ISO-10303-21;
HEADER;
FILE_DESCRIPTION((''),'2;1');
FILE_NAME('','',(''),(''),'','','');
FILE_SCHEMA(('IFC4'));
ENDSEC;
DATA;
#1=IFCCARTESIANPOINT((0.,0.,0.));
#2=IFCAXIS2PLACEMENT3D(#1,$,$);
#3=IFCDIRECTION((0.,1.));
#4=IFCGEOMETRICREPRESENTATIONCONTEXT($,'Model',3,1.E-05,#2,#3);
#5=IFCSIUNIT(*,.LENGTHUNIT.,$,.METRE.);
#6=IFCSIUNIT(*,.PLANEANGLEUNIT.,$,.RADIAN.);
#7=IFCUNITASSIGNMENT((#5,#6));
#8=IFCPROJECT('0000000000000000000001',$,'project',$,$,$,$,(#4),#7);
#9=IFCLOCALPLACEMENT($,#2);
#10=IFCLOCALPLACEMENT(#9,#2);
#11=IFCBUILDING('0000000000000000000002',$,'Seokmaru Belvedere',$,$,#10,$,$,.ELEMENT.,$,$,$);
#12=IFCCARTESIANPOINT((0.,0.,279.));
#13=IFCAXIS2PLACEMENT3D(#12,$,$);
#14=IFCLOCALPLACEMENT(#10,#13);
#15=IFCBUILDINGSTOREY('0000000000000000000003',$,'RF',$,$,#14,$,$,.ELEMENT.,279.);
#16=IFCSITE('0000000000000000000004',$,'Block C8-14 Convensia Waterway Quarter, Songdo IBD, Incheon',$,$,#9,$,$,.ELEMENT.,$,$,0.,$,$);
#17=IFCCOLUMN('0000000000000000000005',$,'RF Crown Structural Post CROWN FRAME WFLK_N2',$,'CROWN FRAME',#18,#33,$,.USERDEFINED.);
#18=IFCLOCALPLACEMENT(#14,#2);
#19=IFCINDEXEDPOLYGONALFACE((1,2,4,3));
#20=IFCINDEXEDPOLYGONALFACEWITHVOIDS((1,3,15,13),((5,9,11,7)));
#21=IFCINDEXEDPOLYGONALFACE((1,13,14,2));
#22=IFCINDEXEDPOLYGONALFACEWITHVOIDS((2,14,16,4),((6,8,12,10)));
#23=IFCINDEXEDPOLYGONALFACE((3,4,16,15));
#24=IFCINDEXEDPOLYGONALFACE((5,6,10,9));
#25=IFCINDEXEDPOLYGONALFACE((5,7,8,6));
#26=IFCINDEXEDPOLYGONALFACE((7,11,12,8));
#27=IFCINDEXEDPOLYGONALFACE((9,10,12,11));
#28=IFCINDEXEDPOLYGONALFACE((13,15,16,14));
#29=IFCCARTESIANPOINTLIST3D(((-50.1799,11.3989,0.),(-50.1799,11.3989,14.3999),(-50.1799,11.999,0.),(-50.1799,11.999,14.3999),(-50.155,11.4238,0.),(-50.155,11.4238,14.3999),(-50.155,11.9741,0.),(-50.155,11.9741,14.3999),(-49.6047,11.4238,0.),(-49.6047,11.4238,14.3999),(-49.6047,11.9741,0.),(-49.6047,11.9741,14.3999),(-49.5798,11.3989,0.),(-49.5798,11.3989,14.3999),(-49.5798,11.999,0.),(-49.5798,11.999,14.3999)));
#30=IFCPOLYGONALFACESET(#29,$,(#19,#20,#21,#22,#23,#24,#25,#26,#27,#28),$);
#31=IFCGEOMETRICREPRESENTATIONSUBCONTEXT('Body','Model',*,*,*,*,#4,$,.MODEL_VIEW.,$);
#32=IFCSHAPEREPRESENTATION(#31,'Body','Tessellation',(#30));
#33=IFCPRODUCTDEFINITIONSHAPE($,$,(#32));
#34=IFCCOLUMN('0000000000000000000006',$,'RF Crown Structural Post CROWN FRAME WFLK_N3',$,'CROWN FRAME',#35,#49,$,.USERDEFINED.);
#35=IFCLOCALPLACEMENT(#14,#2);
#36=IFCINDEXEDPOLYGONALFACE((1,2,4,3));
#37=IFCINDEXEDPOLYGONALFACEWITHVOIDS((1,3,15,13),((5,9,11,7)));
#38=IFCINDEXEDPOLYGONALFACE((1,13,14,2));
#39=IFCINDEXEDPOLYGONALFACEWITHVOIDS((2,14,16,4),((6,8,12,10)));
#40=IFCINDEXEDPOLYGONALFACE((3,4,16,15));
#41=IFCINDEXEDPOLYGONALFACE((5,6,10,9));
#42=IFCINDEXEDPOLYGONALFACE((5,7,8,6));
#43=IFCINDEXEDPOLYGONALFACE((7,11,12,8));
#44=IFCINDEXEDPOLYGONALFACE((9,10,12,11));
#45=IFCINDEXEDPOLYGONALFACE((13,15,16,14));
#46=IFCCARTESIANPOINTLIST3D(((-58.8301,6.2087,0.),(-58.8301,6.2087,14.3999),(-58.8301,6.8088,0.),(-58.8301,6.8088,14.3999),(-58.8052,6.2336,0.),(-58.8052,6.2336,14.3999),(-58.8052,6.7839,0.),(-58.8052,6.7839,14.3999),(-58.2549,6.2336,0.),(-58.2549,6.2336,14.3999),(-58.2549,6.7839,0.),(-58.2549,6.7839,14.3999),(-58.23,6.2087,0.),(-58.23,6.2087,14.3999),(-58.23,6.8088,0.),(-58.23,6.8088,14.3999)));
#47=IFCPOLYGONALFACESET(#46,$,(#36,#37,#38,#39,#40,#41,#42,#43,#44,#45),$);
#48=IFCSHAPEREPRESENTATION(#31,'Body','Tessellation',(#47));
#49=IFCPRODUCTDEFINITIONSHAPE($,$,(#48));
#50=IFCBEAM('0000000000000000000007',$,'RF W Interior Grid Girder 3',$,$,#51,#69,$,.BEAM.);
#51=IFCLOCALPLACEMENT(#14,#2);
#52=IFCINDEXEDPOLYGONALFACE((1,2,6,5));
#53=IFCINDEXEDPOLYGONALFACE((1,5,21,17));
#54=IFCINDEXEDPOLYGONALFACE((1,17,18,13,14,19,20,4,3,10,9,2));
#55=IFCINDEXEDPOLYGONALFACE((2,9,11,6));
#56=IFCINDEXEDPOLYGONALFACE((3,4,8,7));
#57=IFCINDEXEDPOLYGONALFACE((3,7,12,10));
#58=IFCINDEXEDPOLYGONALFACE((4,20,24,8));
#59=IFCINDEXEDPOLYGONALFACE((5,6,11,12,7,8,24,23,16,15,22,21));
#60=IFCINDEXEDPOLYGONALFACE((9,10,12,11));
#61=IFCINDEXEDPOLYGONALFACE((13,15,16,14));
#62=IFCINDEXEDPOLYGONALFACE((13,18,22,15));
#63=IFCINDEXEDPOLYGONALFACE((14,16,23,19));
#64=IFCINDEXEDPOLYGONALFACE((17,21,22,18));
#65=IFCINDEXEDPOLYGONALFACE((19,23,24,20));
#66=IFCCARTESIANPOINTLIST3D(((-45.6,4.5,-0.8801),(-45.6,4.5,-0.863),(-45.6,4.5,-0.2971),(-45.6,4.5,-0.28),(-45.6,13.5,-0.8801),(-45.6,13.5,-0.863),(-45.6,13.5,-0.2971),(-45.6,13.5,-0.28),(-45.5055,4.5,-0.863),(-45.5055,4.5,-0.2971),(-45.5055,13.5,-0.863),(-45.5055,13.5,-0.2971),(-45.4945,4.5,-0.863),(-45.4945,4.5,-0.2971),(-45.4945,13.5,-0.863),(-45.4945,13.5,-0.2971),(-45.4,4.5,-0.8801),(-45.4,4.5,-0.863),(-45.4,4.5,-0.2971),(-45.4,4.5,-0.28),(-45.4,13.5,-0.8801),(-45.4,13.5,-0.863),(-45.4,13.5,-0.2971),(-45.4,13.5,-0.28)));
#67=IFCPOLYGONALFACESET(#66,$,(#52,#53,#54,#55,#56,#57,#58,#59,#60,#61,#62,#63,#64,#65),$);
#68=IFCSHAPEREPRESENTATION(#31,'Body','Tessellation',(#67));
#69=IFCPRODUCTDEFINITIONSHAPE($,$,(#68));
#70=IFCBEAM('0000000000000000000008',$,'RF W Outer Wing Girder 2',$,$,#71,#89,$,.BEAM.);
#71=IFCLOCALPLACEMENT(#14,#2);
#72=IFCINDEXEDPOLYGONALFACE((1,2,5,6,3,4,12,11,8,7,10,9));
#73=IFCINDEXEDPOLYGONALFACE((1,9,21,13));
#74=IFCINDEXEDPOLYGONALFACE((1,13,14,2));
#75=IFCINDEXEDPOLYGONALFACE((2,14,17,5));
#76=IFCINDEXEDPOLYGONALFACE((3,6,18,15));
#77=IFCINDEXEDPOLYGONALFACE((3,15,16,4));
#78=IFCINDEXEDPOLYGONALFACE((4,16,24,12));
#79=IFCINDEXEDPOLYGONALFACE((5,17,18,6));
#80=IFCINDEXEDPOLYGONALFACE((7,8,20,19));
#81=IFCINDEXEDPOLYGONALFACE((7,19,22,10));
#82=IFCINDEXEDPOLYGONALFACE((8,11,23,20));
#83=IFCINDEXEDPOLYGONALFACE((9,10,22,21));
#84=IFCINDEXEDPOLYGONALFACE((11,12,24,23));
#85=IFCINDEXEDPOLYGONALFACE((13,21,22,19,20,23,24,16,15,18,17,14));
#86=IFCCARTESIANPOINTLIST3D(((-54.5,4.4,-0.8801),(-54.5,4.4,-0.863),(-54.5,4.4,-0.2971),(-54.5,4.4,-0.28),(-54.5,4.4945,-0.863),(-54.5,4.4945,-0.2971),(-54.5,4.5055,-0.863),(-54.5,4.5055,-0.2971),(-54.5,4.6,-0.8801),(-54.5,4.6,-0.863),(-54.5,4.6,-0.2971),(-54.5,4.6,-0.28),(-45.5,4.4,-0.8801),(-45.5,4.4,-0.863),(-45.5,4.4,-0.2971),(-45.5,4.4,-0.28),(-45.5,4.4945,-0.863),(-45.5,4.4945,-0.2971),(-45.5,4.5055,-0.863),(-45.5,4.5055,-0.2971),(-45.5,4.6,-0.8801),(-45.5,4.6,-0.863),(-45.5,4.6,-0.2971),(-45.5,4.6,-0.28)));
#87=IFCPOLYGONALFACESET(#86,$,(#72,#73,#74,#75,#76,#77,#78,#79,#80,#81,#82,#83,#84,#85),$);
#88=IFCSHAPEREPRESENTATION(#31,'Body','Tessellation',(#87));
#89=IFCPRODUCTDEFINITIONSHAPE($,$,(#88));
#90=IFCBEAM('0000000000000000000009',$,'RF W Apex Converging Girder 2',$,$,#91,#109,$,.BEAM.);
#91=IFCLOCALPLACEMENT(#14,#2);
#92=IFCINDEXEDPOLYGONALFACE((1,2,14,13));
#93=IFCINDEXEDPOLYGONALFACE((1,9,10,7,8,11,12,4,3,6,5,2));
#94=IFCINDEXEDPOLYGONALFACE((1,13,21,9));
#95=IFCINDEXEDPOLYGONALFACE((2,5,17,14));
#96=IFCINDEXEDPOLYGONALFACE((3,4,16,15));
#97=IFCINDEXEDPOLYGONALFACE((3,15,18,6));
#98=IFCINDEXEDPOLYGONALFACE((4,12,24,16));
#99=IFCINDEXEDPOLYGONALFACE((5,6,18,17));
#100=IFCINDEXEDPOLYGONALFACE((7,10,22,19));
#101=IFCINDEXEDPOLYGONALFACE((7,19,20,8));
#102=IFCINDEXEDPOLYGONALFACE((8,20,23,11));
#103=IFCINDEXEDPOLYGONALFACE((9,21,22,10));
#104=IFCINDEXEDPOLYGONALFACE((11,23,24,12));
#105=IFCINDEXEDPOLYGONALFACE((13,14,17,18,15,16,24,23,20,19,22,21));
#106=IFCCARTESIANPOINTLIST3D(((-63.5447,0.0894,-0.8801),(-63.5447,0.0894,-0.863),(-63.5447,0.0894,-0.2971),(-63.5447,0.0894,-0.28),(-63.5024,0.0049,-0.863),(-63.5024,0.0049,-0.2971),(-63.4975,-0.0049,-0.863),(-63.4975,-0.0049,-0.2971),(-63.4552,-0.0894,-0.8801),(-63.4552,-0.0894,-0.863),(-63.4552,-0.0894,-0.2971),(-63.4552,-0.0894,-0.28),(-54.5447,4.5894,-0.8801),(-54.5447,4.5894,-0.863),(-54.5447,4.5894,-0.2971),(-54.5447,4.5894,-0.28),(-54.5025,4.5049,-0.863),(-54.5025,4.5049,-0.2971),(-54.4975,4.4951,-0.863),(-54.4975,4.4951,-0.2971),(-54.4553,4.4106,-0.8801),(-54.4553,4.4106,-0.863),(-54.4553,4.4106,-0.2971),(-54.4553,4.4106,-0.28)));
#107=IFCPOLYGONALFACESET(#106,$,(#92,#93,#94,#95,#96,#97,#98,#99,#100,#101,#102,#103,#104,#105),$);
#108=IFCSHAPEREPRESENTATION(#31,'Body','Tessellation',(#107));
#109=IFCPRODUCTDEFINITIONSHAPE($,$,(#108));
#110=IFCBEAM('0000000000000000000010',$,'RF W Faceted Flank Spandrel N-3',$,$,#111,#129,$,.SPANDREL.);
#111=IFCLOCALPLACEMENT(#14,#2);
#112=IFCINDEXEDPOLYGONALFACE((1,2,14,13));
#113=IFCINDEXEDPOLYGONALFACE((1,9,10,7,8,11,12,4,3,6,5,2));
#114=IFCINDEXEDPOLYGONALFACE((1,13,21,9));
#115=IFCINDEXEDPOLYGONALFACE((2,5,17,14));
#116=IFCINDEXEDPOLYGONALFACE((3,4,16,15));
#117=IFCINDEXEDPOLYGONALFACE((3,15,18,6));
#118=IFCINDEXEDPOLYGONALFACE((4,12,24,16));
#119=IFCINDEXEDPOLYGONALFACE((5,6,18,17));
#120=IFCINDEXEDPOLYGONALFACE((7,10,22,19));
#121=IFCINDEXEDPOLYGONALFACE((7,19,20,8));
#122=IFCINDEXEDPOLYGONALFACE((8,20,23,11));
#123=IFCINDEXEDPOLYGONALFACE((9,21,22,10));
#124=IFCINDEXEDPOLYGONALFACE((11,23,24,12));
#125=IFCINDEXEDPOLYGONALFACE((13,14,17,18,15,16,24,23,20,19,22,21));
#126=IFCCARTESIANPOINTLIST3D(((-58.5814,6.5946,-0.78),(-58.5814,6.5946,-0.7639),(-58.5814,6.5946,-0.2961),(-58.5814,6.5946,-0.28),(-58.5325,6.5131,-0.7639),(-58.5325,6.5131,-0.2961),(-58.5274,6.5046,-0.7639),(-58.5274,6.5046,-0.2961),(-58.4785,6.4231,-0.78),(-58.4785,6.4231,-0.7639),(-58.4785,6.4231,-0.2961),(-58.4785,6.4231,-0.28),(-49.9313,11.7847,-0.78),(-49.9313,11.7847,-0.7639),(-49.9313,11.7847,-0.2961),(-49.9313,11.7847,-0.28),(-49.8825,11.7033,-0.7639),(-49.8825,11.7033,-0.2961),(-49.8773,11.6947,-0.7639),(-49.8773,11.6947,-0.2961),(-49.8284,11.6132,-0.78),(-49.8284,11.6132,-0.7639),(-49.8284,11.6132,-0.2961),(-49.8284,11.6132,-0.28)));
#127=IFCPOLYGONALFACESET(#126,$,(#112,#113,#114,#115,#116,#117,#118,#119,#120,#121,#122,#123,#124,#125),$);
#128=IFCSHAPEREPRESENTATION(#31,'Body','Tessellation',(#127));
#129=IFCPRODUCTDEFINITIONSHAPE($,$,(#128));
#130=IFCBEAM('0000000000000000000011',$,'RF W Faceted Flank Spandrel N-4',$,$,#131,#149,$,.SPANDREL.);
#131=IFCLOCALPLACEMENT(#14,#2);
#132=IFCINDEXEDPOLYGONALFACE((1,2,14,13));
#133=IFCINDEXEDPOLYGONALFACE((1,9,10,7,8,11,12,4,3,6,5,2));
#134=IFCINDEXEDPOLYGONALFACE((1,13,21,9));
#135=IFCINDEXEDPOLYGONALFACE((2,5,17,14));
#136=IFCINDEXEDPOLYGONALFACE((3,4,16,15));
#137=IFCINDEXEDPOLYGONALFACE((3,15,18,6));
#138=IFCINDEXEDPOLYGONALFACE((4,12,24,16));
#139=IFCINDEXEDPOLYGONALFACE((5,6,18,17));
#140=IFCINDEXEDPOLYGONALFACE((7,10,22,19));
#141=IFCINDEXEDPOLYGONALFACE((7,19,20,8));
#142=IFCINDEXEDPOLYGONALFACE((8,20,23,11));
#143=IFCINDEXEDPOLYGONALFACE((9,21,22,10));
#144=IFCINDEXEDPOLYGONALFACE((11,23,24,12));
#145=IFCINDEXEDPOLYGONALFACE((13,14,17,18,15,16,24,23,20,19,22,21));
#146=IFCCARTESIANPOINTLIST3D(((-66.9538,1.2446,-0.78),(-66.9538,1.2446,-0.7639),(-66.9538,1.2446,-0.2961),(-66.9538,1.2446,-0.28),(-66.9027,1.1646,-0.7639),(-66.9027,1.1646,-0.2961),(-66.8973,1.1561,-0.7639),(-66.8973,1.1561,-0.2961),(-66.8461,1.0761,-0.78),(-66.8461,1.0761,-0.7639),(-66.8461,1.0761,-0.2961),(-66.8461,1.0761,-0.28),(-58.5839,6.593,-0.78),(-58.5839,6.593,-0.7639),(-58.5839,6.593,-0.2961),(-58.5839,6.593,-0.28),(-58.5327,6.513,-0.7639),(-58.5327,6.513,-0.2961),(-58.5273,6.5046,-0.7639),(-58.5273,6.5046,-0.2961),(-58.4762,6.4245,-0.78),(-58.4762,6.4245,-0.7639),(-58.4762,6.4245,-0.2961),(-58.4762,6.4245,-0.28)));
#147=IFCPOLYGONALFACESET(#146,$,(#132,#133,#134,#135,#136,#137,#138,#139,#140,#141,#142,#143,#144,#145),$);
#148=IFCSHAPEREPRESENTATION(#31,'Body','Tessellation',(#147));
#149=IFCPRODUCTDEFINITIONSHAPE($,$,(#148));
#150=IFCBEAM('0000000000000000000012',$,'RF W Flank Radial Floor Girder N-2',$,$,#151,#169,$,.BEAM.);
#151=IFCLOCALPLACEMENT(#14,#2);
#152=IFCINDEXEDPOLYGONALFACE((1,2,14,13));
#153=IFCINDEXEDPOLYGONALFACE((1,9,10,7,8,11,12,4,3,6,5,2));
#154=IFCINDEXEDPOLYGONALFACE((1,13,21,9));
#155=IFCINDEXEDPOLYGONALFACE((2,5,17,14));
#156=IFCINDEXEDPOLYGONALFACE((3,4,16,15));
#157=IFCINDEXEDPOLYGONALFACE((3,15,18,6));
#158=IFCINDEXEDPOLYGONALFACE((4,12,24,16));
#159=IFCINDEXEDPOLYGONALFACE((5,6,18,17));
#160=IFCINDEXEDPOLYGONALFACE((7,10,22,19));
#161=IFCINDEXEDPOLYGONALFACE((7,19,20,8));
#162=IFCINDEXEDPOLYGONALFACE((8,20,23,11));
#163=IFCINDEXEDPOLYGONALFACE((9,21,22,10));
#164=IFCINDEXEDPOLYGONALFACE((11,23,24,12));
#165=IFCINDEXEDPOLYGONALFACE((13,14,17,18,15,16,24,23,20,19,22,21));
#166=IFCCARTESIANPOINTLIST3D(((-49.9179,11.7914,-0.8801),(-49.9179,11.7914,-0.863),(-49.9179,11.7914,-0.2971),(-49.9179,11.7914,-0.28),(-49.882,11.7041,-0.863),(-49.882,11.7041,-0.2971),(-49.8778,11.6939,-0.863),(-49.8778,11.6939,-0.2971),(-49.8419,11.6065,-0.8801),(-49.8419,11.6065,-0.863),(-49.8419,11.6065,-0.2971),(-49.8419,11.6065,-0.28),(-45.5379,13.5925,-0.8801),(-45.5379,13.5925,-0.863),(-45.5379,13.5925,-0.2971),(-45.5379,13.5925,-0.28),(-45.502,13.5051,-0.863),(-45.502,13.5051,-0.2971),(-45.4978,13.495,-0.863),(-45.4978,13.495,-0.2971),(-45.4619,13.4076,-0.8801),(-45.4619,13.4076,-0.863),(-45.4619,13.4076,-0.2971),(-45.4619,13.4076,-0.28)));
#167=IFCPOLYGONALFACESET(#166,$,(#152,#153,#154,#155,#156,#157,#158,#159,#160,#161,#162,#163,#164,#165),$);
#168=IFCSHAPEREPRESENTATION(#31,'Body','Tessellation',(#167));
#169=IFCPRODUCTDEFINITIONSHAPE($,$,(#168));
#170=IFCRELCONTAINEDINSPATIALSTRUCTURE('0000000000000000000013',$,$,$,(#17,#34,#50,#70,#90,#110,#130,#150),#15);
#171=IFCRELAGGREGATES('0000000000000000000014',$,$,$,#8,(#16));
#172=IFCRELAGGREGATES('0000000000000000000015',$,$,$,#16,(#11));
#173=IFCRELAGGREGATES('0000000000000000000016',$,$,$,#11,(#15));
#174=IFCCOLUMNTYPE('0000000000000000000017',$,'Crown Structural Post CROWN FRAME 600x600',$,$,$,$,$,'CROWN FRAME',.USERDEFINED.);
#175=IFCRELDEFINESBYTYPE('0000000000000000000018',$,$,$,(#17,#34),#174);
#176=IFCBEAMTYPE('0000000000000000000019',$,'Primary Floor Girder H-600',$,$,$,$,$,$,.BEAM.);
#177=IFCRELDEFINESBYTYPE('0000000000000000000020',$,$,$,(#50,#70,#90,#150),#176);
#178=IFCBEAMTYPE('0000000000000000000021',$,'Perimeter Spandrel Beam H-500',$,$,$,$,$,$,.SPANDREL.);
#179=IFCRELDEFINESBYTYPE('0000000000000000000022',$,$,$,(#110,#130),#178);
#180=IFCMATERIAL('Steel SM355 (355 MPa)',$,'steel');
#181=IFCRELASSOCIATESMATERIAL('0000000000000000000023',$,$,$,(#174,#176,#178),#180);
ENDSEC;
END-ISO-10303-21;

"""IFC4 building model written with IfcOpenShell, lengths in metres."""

from ifc_helpers import new_model, si_unit, direction, frame, origin, origin_2d, place, context, subcontext, project, spatial, hollow_rectangle, i_section, extrude, source, transform, mapped, material, material_profile, profile_set, type_object, type_shapes, element, save


model = new_model("IFC4")

# Units and contexts
model_context = context("Model", 3, precision=1e-05, world=origin(), true_north=direction((0.0, 1.0)))
body_context = subcontext(model_context, "Body", "Model", "MODEL_VIEW")
ifc_project = project(units=[si_unit("LENGTHUNIT", "METRE"), si_unit("PLANEANGLEUNIT", "RADIAN")], contexts=[model_context])

# Site, building, storey
site_placement = place(None, origin())
site = spatial("IfcSite", under=ifc_project, at=site_placement, Name="Block C8-14 Convensia Waterway Quarter, Songdo IBD, Incheon", CompositionType="ELEMENT", RefElevation=0.0)
building_placement = place(site_placement, origin())
building = spatial("IfcBuilding", under=site, at=building_placement, Name="Seokmaru Belvedere", CompositionType="ELEMENT")
storey_placement = place(building_placement, frame((0.0, 0.0, 279.0)))
storey = spatial("IfcBuildingStorey", under=building, at=storey_placement, Name="RF", CompositionType="ELEMENT", Elevation=279.0)

# Columns
ifc_material_1 = material(Name="Steel SM355 (355 MPa)", Category="steel")
ifc_material_profile_1 = material_profile(ifc_material_1, hollow_rectangle(XDim=0.6001, YDim=0.6001, WallThickness=0.0249, at=origin_2d()), Name="HSS-600x600x25")
ifc_profile_set_1 = profile_set([ifc_material_profile_1], Name="Steel SM355 (355 MPa)")
column_type = type_object("IfcColumnType", Name="Crown Structural Post CROWN FRAME 600x600", ElementType="CROWN FRAME", PredefinedType="USERDEFINED", material=ifc_profile_set_1)
shared_shape_1 = source(origin(), body_context, "Body", "SweptSolid", [
    extrude(hollow_rectangle(XDim=0.6001, YDim=0.6001, WallThickness=0.0249, at=origin_2d()), origin(), (0.0, 0.0, 1.0), 14.3999),
])
type_shapes(column_type, [shared_shape_1])
for number, where, z_axis, x_axis, name in (
    (1, (-49.8799, 11.699, 0.0), (0.0, 0.0, 1.0), (1.0, 0.0, 0.0), "RF Crown Structural Post CROWN FRAME WFLK_N2"),
    (2, (-58.53, 6.5088, 0.0), (0.0, 0.0, 1.0), (1.0, 0.0, 0.0), "RF Crown Structural Post CROWN FRAME WFLK_N3"),
):
    element("IfcColumn", number, at=place(storey_placement, frame(where, z_axis=z_axis, x_axis=x_axis)), inside=storey, type_object=column_type, Name=name, ObjectType="CROWN FRAME", PredefinedType="USERDEFINED", context=body_context, shape_type="MappedRepresentation", body=[
        mapped(shared_shape_1, transform((0.0, 0.0, 0.0), scale=1.0)),
    ])

# Beams
ifc_material_profile_2 = material_profile(ifc_material_1, i_section(OverallWidth=0.2, OverallDepth=0.6001, WebThickness=0.011, FlangeThickness=0.0171, at=origin_2d()), Name="H-600x200x11x17")
ifc_profile_set_2 = profile_set([ifc_material_profile_2], Name="Steel SM355 (355 MPa)")
beam_type_1 = type_object("IfcBeamType", Name="Primary Floor Girder H-600", PredefinedType="BEAM", material=ifc_profile_set_2)
shared_shape_2 = source(origin(), body_context, "Body", "SweptSolid", [
    extrude(i_section(OverallWidth=0.2, OverallDepth=0.6001, WebThickness=0.011, FlangeThickness=0.0171, at=origin_2d()), origin(), (0.0, 0.0, 1.0), 9.0),
])
for number, where, z_axis, x_axis, name in (
    (3, (-45.5, 4.5, -0.5801), (0.0, 1.0, 0.0), (-1.0, 0.0, 0.0), "RF W Interior Grid Girder 3"),
    (4, (-54.5, 4.5, -0.5801), (1.0, 0.0, 0.0), (0.0, 1.0, 0.0), "RF W Outer Wing Girder 2"),
):
    element("IfcBeam", number, at=place(storey_placement, frame(where, z_axis=z_axis, x_axis=x_axis)), inside=storey, type_object=beam_type_1, Name=name, PredefinedType="BEAM", context=body_context, shape_type="MappedRepresentation", body=[
        mapped(shared_shape_2, transform((0.0, 0.0, 0.0), scale=1.0)),
    ])
shared_shape_3 = source(origin(), body_context, "Body", "SweptSolid", [
    extrude(i_section(OverallWidth=0.2, OverallDepth=0.6001, WebThickness=0.011, FlangeThickness=0.0171, at=origin_2d()), origin(), (0.0, 0.0, 1.0), 10.0623),
])
beam_1_placement = place(storey_placement, frame((-54.5, 4.5, -0.5801), z_axis=(-0.894427, -0.447214, 0.0), x_axis=(0.447214, -0.894427, 0.0)))
element("IfcBeam", 5, at=beam_1_placement, inside=storey, type_object=beam_type_1, Name="RF W Apex Converging Girder 2", PredefinedType="BEAM", context=body_context, shape_type="MappedRepresentation", body=[
    mapped(shared_shape_3, transform((0.0, 0.0, 0.0), scale=1.0)),
])
ifc_material_profile_3 = material_profile(ifc_material_1, i_section(OverallWidth=0.2, OverallDepth=0.5, WebThickness=0.01, FlangeThickness=0.0161, at=origin_2d()), Name="H-500x200x10x16")
ifc_profile_set_3 = profile_set([ifc_material_profile_3], Name="Steel SM355 (355 MPa)")
beam_type_2 = type_object("IfcBeamType", Name="Perimeter Spandrel Beam H-500", PredefinedType="SPANDREL", material=ifc_profile_set_3)
shared_shape_4 = source(origin(), body_context, "Body", "SweptSolid", [
    extrude(i_section(OverallWidth=0.2, OverallDepth=0.5, WebThickness=0.01, FlangeThickness=0.0161, at=origin_2d()), origin(), (0.0, 0.0, 1.0), 10.0876),
])
beam_2_placement = place(storey_placement, frame((-49.8799, 11.699, -0.53), z_axis=(-0.857489, -0.514503, 0.0), x_axis=(0.514503, -0.857489, 0.0)))
element("IfcBeam", 6, at=beam_2_placement, inside=storey, type_object=beam_type_2, Name="RF W Faceted Flank Spandrel N-3", PredefinedType="SPANDREL", context=body_context, shape_type="MappedRepresentation", body=[
    mapped(shared_shape_4, transform((0.0, 0.0, 0.0), scale=1.0)),
])
shared_shape_5 = source(origin(), body_context, "Body", "SweptSolid", [
    extrude(i_section(OverallWidth=0.2, OverallDepth=0.5, WebThickness=0.01, FlangeThickness=0.0161, at=origin_2d()), origin(), (0.0, 0.0, 1.0), 9.9329),
])
type_shapes(beam_type_2, [shared_shape_4, shared_shape_5])
beam_3_placement = place(storey_placement, frame((-58.53, 6.5088, -0.53), z_axis=(-0.842652, -0.538459, 0.0), x_axis=(0.538459, -0.842652, 0.0)))
element("IfcBeam", 7, at=beam_3_placement, inside=storey, type_object=beam_type_2, Name="RF W Faceted Flank Spandrel N-4", PredefinedType="SPANDREL", context=body_context, shape_type="MappedRepresentation", body=[
    mapped(shared_shape_5, transform((0.0, 0.0, 0.0), scale=1.0)),
])
shared_shape_6 = source(origin(), body_context, "Body", "SweptSolid", [
    extrude(i_section(OverallWidth=0.2, OverallDepth=0.6001, WebThickness=0.011, FlangeThickness=0.0171, at=origin_2d()), origin(), (0.0, 0.0, 1.0), 4.7358),
])
beam_4_placement = place(storey_placement, frame((-49.8799, 11.699, -0.5801), z_axis=(0.924861, 0.380306, 0.0), x_axis=(-0.380306, 0.924861, 0.0)))
element("IfcBeam", 8, at=beam_4_placement, inside=storey, type_object=beam_type_1, Name="RF W Flank Radial Floor Girder N-2", PredefinedType="BEAM", context=body_context, shape_type="MappedRepresentation", body=[
    mapped(shared_shape_6, transform((0.0, 0.0, 0.0), scale=1.0)),
])

save(model, "model.ifc")
